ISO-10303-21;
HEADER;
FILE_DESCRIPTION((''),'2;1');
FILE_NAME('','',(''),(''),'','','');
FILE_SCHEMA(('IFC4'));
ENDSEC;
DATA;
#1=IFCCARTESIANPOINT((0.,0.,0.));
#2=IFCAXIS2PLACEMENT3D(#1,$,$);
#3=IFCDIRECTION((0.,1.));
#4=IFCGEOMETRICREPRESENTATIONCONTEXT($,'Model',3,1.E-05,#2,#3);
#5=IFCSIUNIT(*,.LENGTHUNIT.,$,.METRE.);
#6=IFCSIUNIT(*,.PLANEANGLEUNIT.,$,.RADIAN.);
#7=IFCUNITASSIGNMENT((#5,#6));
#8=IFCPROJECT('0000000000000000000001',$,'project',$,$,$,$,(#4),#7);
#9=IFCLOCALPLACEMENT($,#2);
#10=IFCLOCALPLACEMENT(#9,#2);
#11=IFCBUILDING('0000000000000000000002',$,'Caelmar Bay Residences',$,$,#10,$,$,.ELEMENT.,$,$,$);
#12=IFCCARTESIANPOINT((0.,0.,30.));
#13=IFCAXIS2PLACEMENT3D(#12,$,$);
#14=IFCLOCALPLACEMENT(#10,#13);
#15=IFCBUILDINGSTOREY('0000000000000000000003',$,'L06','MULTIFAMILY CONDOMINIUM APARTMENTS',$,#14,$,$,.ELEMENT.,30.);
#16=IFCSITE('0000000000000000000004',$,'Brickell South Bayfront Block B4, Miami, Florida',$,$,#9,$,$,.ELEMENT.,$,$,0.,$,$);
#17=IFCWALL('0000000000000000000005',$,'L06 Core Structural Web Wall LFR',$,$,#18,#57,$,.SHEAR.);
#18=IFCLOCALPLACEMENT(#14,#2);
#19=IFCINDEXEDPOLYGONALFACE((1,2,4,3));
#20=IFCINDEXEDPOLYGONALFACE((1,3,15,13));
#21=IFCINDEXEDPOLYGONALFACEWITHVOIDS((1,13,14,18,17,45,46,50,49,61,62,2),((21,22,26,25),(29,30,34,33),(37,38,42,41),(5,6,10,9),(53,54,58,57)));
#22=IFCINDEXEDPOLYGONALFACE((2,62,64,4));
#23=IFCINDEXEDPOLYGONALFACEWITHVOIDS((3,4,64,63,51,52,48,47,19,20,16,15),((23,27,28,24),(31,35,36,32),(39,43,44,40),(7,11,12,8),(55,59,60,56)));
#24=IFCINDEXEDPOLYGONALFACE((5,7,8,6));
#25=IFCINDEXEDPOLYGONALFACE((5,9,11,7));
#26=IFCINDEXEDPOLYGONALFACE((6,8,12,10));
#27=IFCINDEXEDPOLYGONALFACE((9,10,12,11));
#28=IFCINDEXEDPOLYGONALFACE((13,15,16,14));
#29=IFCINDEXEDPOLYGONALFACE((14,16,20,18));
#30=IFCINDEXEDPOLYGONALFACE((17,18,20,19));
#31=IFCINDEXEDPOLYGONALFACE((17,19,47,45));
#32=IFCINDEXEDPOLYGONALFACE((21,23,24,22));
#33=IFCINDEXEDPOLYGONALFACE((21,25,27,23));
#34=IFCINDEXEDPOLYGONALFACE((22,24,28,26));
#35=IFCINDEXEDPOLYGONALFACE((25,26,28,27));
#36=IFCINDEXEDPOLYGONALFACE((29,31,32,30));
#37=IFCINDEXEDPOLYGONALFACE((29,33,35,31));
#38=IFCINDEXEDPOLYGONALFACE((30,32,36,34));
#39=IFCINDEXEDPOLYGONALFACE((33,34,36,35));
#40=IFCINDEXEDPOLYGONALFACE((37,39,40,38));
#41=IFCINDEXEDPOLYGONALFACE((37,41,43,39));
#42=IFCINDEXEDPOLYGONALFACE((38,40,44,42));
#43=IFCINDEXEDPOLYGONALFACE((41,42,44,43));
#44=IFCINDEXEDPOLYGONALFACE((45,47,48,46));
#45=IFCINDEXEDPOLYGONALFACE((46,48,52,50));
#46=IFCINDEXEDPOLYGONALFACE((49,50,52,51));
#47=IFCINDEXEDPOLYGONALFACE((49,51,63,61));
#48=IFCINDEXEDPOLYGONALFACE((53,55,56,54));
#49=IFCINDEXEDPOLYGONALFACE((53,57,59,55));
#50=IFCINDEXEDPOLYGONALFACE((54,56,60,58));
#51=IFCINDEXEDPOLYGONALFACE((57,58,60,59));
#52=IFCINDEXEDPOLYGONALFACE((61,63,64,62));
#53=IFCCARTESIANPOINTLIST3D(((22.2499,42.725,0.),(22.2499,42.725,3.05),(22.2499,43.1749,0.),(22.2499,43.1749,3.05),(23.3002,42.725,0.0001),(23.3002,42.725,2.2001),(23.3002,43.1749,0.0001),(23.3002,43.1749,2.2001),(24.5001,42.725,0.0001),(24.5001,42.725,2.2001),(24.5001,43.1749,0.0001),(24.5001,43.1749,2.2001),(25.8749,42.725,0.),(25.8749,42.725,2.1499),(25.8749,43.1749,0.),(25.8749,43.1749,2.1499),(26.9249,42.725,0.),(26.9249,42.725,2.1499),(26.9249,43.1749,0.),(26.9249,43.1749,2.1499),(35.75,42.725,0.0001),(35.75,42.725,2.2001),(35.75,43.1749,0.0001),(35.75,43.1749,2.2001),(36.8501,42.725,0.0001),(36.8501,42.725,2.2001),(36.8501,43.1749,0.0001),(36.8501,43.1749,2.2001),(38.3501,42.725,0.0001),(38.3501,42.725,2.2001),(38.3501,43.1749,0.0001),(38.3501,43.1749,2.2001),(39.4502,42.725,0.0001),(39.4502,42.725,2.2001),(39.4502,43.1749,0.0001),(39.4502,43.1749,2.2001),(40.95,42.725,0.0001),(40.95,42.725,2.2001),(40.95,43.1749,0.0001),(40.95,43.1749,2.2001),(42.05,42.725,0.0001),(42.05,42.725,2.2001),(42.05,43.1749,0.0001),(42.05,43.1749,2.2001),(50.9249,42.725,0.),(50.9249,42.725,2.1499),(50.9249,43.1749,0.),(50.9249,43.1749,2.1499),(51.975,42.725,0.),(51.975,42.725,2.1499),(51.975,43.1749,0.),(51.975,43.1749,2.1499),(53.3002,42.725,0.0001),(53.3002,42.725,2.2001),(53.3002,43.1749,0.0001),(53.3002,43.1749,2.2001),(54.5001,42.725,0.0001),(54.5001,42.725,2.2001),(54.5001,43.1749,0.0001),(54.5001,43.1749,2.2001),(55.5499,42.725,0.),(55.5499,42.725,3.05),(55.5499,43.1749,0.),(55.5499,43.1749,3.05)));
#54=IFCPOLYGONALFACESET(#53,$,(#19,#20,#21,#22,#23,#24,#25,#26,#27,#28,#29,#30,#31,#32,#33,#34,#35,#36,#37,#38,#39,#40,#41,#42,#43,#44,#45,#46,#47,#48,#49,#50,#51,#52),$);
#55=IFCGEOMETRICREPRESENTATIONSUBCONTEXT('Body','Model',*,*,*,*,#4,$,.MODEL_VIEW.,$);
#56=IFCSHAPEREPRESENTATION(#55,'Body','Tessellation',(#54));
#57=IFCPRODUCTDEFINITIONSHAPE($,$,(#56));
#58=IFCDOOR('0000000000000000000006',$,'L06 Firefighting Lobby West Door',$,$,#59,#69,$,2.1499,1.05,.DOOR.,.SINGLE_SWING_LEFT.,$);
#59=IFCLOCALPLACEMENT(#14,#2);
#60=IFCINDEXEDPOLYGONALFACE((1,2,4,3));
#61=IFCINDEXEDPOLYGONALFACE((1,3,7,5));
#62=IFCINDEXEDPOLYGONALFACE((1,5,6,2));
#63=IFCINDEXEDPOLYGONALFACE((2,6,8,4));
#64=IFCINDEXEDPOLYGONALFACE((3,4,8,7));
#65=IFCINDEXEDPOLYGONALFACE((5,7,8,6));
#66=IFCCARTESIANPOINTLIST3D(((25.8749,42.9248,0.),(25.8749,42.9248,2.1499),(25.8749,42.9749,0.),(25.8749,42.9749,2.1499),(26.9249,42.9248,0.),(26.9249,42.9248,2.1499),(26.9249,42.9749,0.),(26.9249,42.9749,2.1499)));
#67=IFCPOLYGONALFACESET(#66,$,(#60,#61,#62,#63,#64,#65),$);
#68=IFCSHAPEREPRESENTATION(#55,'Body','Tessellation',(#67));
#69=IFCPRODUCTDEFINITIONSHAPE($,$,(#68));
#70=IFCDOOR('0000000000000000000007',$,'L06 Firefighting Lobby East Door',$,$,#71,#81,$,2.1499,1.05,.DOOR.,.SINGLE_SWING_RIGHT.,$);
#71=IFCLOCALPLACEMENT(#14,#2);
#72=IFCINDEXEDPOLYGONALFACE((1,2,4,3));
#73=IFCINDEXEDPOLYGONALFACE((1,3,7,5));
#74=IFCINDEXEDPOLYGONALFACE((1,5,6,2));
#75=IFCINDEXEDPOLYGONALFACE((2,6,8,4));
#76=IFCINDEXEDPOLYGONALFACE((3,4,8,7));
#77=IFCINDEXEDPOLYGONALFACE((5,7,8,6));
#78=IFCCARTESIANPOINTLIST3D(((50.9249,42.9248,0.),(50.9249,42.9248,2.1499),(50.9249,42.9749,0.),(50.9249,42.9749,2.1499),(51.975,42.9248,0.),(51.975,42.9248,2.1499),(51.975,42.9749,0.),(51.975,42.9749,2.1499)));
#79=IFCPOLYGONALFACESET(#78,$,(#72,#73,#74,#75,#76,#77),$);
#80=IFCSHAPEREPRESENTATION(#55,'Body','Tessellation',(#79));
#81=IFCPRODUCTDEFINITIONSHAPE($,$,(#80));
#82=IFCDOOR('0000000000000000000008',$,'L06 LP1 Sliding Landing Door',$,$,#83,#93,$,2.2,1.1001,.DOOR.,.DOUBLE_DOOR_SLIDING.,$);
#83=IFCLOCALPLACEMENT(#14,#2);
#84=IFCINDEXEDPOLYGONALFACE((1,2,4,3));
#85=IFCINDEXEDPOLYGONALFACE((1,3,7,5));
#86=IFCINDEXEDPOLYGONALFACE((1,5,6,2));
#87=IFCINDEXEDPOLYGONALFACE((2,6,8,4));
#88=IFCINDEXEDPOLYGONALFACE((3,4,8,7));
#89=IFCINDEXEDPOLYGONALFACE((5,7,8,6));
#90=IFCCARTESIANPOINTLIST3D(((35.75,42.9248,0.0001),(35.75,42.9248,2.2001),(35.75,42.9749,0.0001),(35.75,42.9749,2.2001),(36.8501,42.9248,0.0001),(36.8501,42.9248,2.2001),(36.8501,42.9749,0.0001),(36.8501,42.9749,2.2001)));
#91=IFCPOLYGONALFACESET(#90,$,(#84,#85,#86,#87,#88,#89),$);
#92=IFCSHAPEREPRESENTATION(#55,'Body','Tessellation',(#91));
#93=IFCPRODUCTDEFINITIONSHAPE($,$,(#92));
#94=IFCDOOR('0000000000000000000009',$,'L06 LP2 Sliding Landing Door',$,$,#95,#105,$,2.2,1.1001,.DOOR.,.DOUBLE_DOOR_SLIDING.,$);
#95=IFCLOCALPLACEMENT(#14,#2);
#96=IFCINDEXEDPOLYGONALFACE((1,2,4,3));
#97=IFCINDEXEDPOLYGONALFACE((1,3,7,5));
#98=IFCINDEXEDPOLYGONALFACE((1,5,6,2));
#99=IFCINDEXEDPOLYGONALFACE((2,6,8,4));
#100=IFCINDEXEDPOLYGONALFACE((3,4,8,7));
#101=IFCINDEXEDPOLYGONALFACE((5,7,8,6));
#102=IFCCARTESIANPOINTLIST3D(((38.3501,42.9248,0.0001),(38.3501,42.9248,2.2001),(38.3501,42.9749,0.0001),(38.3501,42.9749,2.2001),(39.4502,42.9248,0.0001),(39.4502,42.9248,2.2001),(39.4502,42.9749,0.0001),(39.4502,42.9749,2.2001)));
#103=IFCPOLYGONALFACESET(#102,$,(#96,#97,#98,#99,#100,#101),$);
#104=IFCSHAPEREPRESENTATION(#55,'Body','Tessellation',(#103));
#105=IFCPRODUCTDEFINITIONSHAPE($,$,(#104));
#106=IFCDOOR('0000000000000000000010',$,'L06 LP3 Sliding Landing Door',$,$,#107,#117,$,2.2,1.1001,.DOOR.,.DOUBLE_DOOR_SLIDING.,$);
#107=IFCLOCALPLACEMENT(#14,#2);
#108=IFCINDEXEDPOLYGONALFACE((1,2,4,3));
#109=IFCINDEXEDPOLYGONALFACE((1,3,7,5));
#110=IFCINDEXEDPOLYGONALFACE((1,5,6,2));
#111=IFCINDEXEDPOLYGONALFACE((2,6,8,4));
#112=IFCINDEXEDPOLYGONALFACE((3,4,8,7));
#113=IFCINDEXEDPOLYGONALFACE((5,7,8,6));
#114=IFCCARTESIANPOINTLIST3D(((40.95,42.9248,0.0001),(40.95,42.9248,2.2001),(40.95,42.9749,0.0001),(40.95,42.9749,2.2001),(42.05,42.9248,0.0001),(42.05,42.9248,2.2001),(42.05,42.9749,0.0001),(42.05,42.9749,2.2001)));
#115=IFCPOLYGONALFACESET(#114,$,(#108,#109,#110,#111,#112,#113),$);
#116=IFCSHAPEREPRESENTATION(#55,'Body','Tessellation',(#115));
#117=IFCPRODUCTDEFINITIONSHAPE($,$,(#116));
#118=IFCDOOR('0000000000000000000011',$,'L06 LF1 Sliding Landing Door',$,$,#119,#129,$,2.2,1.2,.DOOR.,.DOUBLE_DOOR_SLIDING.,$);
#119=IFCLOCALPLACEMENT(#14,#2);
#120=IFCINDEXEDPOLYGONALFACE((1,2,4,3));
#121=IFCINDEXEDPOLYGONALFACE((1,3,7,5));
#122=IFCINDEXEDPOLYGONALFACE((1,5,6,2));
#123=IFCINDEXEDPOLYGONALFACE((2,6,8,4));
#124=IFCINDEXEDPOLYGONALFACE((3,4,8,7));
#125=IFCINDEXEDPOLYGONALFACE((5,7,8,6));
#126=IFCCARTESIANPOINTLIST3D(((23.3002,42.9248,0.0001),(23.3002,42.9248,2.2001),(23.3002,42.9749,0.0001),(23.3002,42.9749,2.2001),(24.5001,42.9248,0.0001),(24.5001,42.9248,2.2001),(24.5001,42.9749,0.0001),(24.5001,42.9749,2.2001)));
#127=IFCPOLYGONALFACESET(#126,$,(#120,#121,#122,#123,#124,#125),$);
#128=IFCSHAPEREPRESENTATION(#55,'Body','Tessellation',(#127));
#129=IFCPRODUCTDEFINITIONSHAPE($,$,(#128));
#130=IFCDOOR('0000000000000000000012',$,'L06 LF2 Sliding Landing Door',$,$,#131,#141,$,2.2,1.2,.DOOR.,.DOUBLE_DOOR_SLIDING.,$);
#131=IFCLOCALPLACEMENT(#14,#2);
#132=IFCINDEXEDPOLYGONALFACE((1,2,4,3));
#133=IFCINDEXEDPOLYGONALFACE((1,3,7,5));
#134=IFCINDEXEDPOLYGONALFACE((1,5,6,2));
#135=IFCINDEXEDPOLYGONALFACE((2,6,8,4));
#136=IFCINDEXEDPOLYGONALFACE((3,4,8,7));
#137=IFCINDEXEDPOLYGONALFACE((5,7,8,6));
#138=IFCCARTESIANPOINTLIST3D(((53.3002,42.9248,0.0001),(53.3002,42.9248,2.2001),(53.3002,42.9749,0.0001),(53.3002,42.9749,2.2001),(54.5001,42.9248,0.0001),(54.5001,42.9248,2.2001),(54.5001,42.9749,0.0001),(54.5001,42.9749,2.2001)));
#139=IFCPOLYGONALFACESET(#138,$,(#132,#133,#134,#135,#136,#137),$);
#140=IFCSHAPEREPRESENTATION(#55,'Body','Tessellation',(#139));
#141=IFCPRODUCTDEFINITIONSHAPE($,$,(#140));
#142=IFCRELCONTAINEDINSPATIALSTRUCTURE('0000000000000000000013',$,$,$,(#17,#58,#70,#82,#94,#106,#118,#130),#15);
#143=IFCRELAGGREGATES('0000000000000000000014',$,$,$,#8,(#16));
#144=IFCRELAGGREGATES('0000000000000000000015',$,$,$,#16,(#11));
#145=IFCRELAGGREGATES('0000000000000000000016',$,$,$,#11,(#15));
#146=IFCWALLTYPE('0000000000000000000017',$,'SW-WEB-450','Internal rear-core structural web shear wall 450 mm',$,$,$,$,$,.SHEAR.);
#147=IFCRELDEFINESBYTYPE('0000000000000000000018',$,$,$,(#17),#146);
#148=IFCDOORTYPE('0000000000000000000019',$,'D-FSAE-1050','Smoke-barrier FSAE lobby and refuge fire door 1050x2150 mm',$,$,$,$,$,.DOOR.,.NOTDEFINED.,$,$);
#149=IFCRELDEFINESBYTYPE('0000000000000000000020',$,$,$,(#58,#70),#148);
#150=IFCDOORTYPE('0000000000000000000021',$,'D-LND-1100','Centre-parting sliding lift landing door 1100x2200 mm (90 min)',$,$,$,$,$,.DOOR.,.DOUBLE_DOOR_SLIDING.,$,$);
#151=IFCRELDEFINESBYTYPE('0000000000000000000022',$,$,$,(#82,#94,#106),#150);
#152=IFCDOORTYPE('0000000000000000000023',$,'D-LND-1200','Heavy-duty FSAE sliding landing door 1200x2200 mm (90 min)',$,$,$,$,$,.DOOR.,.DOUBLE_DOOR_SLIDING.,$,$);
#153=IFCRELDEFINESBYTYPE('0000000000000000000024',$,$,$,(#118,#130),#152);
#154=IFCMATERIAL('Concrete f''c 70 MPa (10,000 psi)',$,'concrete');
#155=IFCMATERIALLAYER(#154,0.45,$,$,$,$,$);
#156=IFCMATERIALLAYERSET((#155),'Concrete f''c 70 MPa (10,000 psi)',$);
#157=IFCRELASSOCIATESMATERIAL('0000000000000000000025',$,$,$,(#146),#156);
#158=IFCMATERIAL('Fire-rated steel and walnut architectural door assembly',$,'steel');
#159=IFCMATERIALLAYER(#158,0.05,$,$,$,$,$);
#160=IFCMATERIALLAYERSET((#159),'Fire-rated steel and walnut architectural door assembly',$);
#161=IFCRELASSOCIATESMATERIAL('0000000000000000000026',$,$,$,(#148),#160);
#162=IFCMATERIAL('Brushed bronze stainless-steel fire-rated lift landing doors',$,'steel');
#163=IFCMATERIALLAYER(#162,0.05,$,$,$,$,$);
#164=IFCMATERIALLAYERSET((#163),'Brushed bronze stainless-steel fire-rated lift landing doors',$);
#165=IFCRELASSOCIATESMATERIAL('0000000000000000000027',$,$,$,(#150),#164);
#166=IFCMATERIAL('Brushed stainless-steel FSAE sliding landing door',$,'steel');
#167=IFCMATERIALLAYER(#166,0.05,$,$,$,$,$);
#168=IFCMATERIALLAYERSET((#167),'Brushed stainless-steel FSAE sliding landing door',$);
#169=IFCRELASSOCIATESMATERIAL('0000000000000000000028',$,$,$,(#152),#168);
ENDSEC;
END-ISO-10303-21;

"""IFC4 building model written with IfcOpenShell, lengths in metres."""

from ifc_helpers import new_model, si_unit, direction, frame, frame_2d, origin, place, context, subcontext, project, spatial, rectangle, extrude, material, layer, layer_set, type_object, element, fill, save


model = new_model("IFC4")

# Units and contexts
model_context = context("Model", 3, precision=1e-05, world=origin(), true_north=direction((0.0, 1.0)))
body_context = subcontext(model_context, "Body", "Model", "MODEL_VIEW")
ifc_project = project(units=[si_unit("LENGTHUNIT", "METRE"), si_unit("PLANEANGLEUNIT", "RADIAN")], contexts=[model_context])

# Site, building, storey
site_placement = place(None, origin())
site = spatial("IfcSite", under=ifc_project, at=site_placement, Name="Brickell South Bayfront Block B4, Miami, Florida", CompositionType="ELEMENT", RefElevation=0.0)
building_placement = place(site_placement, origin())
building = spatial("IfcBuilding", under=site, at=building_placement, Name="Caelmar Bay Residences", CompositionType="ELEMENT")
storey_placement = place(building_placement, frame((0.0, 0.0, 30.0)))
storey = spatial("IfcBuildingStorey", under=building, at=storey_placement, Name="L06", Description="MULTIFAMILY CONDOMINIUM APARTMENTS", CompositionType="ELEMENT", Elevation=30.0)

# Wall, openings, doors
ifc_material_1 = material(Name="Concrete f'c 70 MPa (10,000 psi)", Category="concrete")
ifc_layer_1 = layer(ifc_material_1, 0.45)
ifc_layer_set_1 = layer_set([ifc_layer_1], Name="Concrete f'c 70 MPa (10,000 psi)")
wall_type_1 = type_object("IfcWallType", Name="SW-WEB-450", Description="Internal rear-core structural web shear wall 450 mm", PredefinedType="SHEAR", material=ifc_layer_set_1)
wall_1_placement = place(storey_placement, frame((22.25, 42.95, 0.0), z_axis=(0.0, 0.0, 1.0), x_axis=(1.0, 0.0, 0.0)))
wall_1 = element("IfcWall", 1, at=wall_1_placement, inside=storey, type_object=wall_type_1, Name="L06 Core Structural Web Wall LFR", PredefinedType="SHEAR", context=body_context, shape_type="SweptSolid", body=[
    extrude(rectangle(XDim=33.3, YDim=0.45, at=frame_2d((16.6499, 0.0))), origin(), (0.0, 0.0, 1.0), 3.05),
])
opening_1_placement = place(wall_1_placement, frame((1.05, 0.0, 0.0)))
opening_1 = element("IfcOpeningElement", 2, at=opening_1_placement, cuts=wall_1, PredefinedType="OPENING", context=body_context, shape_type="SweptSolid", body=[
    extrude(rectangle(XDim=1.2, YDim=2.2, at=frame_2d((0.6001, 1.1001))), frame((0.0, 0.2349, 0.0), z_axis=(0.0, -1.0, 0.0), x_axis=(1.0, 0.0, 0.0)), (0.0, 0.0, 1.0), 0.47),
])
opening_2_placement = place(wall_1_placement, frame((31.05, 0.0, 0.0)))
opening_2 = element("IfcOpeningElement", 3, at=opening_2_placement, cuts=wall_1, PredefinedType="OPENING", context=body_context, shape_type="SweptSolid", body=[
    extrude(rectangle(XDim=1.2, YDim=2.2, at=frame_2d((0.6001, 1.1001))), frame((0.0, 0.2349, 0.0), z_axis=(0.0, -1.0, 0.0), x_axis=(1.0, 0.0, 0.0)), (0.0, 0.0, 1.0), 0.47),
])
opening_3_placement = place(wall_1_placement, frame((13.5, 0.0, 0.0)))
opening_3 = element("IfcOpeningElement", 4, at=opening_3_placement, cuts=wall_1, PredefinedType="OPENING", context=body_context, shape_type="SweptSolid", body=[
    extrude(rectangle(XDim=1.1001, YDim=2.2, at=frame_2d((0.55, 1.1001))), frame((0.0, 0.2349, 0.0), z_axis=(0.0, -1.0, 0.0), x_axis=(1.0, 0.0, 0.0)), (0.0, 0.0, 1.0), 0.47),
])
opening_4_placement = place(wall_1_placement, frame((16.1001, 0.0, 0.0)))
opening_4 = element("IfcOpeningElement", 5, at=opening_4_placement, cuts=wall_1, PredefinedType="OPENING", context=body_context, shape_type="SweptSolid", body=[
    extrude(rectangle(XDim=1.1001, YDim=2.2, at=frame_2d((0.55, 1.1001))), frame((0.0, 0.2349, 0.0), z_axis=(0.0, -1.0, 0.0), x_axis=(1.0, 0.0, 0.0)), (0.0, 0.0, 1.0), 0.47),
])
opening_5_placement = place(wall_1_placement, frame((18.7, 0.0, 0.0)))
opening_5 = element("IfcOpeningElement", 6, at=opening_5_placement, cuts=wall_1, PredefinedType="OPENING", context=body_context, shape_type="SweptSolid", body=[
    extrude(rectangle(XDim=1.1001, YDim=2.2, at=frame_2d((0.55, 1.1001))), frame((0.0, 0.2349, 0.0), z_axis=(0.0, -1.0, 0.0), x_axis=(1.0, 0.0, 0.0)), (0.0, 0.0, 1.0), 0.47),
])
opening_6_placement = place(wall_1_placement, frame((3.625, 0.0, 0.0)))
opening_6 = element("IfcOpeningElement", 7, at=opening_6_placement, cuts=wall_1, PredefinedType="OPENING", context=body_context, shape_type="SweptSolid", body=[
    extrude(rectangle(XDim=1.05, YDim=2.1499, at=frame_2d((0.5249, 1.075))), frame((0.0, 0.2349, 0.0), z_axis=(0.0, -1.0, 0.0), x_axis=(1.0, 0.0, 0.0)), (0.0, 0.0, 1.0), 0.47),
])
opening_7_placement = place(wall_1_placement, frame((28.675, 0.0, 0.0)))
opening_7 = element("IfcOpeningElement", 8, at=opening_7_placement, cuts=wall_1, PredefinedType="OPENING", context=body_context, shape_type="SweptSolid", body=[
    extrude(rectangle(XDim=1.05, YDim=2.1499, at=frame_2d((0.5249, 1.075))), frame((0.0, 0.2349, 0.0), z_axis=(0.0, -1.0, 0.0), x_axis=(1.0, 0.0, 0.0)), (0.0, 0.0, 1.0), 0.47),
])
ifc_material_2 = material(Name="Fire-rated steel and walnut architectural door assembly", Category="steel")
ifc_layer_2 = layer(ifc_material_2, 0.05)
ifc_layer_set_2 = layer_set([ifc_layer_2], Name="Fire-rated steel and walnut architectural door assembly")
door_type_1 = type_object("IfcDoorType", Name="D-FSAE-1050", Description="Smoke-barrier FSAE lobby and refuge fire door 1050x2150 mm", OperationType="NOTDEFINED", PredefinedType="DOOR", material=ifc_layer_set_2)
door_1_placement = place(opening_6_placement, origin())
door_1 = element("IfcDoor", 9, at=door_1_placement, inside=storey, type_object=door_type_1, Name="L06 Firefighting Lobby West Door", OperationType="SINGLE_SWING_LEFT", OverallHeight=2.1499, OverallWidth=1.05, PredefinedType="DOOR", context=body_context, shape_type="SweptSolid", body=[
    extrude(rectangle(XDim=1.05, YDim=2.1499, at=frame_2d((0.5249, 1.075))), frame((0.0, 0.0249, 0.0), z_axis=(0.0, -1.0, 0.0), x_axis=(1.0, 0.0, 0.0)), (0.0, 0.0, 1.0), 0.05),
])
fill(opening_6, door_1)
door_2_placement = place(opening_7_placement, origin())
door_2 = element("IfcDoor", 10, at=door_2_placement, inside=storey, type_object=door_type_1, Name="L06 Firefighting Lobby East Door", OperationType="SINGLE_SWING_RIGHT", OverallHeight=2.1499, OverallWidth=1.05, PredefinedType="DOOR", context=body_context, shape_type="SweptSolid", body=[
    extrude(rectangle(XDim=1.05, YDim=2.1499, at=frame_2d((0.5249, 1.075))), frame((0.0, 0.0249, 0.0), z_axis=(0.0, -1.0, 0.0), x_axis=(1.0, 0.0, 0.0)), (0.0, 0.0, 1.0), 0.05),
])
fill(opening_7, door_2)
ifc_material_3 = material(Name="Brushed bronze stainless-steel fire-rated lift landing doors", Category="steel")
ifc_layer_3 = layer(ifc_material_3, 0.05)
ifc_layer_set_3 = layer_set([ifc_layer_3], Name="Brushed bronze stainless-steel fire-rated lift landing doors")
door_type_2 = type_object("IfcDoorType", Name="D-LND-1100", Description="Centre-parting sliding lift landing door 1100x2200 mm (90 min)", OperationType="DOUBLE_DOOR_SLIDING", PredefinedType="DOOR", material=ifc_layer_set_3)
door_3_placement = place(opening_3_placement, origin())
door_3 = element("IfcDoor", 11, at=door_3_placement, inside=storey, type_object=door_type_2, Name="L06 LP1 Sliding Landing Door", OperationType="DOUBLE_DOOR_SLIDING", OverallHeight=2.2, OverallWidth=1.1001, PredefinedType="DOOR", context=body_context, shape_type="SweptSolid", body=[
    extrude(rectangle(XDim=1.1001, YDim=2.2, at=frame_2d((0.55, 1.1001))), frame((0.0, 0.0249, 0.0), z_axis=(0.0, -1.0, 0.0), x_axis=(1.0, 0.0, 0.0)), (0.0, 0.0, 1.0), 0.05),
])
fill(opening_3, door_3)
door_4_placement = place(opening_4_placement, origin())
door_4 = element("IfcDoor", 12, at=door_4_placement, inside=storey, type_object=door_type_2, Name="L06 LP2 Sliding Landing Door", OperationType="DOUBLE_DOOR_SLIDING", OverallHeight=2.2, OverallWidth=1.1001, PredefinedType="DOOR", context=body_context, shape_type="SweptSolid", body=[
    extrude(rectangle(XDim=1.1001, YDim=2.2, at=frame_2d((0.55, 1.1001))), frame((0.0, 0.0249, 0.0), z_axis=(0.0, -1.0, 0.0), x_axis=(1.0, 0.0, 0.0)), (0.0, 0.0, 1.0), 0.05),
])
fill(opening_4, door_4)
door_5_placement = place(opening_5_placement, origin())
door_5 = element("IfcDoor", 13, at=door_5_placement, inside=storey, type_object=door_type_2, Name="L06 LP3 Sliding Landing Door", OperationType="DOUBLE_DOOR_SLIDING", OverallHeight=2.2, OverallWidth=1.1001, PredefinedType="DOOR", context=body_context, shape_type="SweptSolid", body=[
    extrude(rectangle(XDim=1.1001, YDim=2.2, at=frame_2d((0.55, 1.1001))), frame((0.0, 0.0249, 0.0), z_axis=(0.0, -1.0, 0.0), x_axis=(1.0, 0.0, 0.0)), (0.0, 0.0, 1.0), 0.05),
])
fill(opening_5, door_5)
ifc_material_4 = material(Name="Brushed stainless-steel FSAE sliding landing door", Category="steel")
ifc_layer_4 = layer(ifc_material_4, 0.05)
ifc_layer_set_4 = layer_set([ifc_layer_4], Name="Brushed stainless-steel FSAE sliding landing door")
door_type_3 = type_object("IfcDoorType", Name="D-LND-1200", Description="Heavy-duty FSAE sliding landing door 1200x2200 mm (90 min)", OperationType="DOUBLE_DOOR_SLIDING", PredefinedType="DOOR", material=ifc_layer_set_4)
door_6_placement = place(opening_1_placement, origin())
door_6 = element("IfcDoor", 14, at=door_6_placement, inside=storey, type_object=door_type_3, Name="L06 LF1 Sliding Landing Door", OperationType="DOUBLE_DOOR_SLIDING", OverallHeight=2.2, OverallWidth=1.2, PredefinedType="DOOR", context=body_context, shape_type="SweptSolid", body=[
    extrude(rectangle(XDim=1.2, YDim=2.2, at=frame_2d((0.6001, 1.1001))), frame((0.0, 0.0249, 0.0), z_axis=(0.0, -1.0, 0.0), x_axis=(1.0, 0.0, 0.0)), (0.0, 0.0, 1.0), 0.05),
])
fill(opening_1, door_6)
door_7_placement = place(opening_2_placement, origin())
door_7 = element("IfcDoor", 15, at=door_7_placement, inside=storey, type_object=door_type_3, Name="L06 LF2 Sliding Landing Door", OperationType="DOUBLE_DOOR_SLIDING", OverallHeight=2.2, OverallWidth=1.2, PredefinedType="DOOR", context=body_context, shape_type="SweptSolid", body=[
    extrude(rectangle(XDim=1.2, YDim=2.2, at=frame_2d((0.6001, 1.1001))), frame((0.0, 0.0249, 0.0), z_axis=(0.0, -1.0, 0.0), x_axis=(1.0, 0.0, 0.0)), (0.0, 0.0, 1.0), 0.05),
])
fill(opening_2, door_7)

save(model, "model.ifc")
